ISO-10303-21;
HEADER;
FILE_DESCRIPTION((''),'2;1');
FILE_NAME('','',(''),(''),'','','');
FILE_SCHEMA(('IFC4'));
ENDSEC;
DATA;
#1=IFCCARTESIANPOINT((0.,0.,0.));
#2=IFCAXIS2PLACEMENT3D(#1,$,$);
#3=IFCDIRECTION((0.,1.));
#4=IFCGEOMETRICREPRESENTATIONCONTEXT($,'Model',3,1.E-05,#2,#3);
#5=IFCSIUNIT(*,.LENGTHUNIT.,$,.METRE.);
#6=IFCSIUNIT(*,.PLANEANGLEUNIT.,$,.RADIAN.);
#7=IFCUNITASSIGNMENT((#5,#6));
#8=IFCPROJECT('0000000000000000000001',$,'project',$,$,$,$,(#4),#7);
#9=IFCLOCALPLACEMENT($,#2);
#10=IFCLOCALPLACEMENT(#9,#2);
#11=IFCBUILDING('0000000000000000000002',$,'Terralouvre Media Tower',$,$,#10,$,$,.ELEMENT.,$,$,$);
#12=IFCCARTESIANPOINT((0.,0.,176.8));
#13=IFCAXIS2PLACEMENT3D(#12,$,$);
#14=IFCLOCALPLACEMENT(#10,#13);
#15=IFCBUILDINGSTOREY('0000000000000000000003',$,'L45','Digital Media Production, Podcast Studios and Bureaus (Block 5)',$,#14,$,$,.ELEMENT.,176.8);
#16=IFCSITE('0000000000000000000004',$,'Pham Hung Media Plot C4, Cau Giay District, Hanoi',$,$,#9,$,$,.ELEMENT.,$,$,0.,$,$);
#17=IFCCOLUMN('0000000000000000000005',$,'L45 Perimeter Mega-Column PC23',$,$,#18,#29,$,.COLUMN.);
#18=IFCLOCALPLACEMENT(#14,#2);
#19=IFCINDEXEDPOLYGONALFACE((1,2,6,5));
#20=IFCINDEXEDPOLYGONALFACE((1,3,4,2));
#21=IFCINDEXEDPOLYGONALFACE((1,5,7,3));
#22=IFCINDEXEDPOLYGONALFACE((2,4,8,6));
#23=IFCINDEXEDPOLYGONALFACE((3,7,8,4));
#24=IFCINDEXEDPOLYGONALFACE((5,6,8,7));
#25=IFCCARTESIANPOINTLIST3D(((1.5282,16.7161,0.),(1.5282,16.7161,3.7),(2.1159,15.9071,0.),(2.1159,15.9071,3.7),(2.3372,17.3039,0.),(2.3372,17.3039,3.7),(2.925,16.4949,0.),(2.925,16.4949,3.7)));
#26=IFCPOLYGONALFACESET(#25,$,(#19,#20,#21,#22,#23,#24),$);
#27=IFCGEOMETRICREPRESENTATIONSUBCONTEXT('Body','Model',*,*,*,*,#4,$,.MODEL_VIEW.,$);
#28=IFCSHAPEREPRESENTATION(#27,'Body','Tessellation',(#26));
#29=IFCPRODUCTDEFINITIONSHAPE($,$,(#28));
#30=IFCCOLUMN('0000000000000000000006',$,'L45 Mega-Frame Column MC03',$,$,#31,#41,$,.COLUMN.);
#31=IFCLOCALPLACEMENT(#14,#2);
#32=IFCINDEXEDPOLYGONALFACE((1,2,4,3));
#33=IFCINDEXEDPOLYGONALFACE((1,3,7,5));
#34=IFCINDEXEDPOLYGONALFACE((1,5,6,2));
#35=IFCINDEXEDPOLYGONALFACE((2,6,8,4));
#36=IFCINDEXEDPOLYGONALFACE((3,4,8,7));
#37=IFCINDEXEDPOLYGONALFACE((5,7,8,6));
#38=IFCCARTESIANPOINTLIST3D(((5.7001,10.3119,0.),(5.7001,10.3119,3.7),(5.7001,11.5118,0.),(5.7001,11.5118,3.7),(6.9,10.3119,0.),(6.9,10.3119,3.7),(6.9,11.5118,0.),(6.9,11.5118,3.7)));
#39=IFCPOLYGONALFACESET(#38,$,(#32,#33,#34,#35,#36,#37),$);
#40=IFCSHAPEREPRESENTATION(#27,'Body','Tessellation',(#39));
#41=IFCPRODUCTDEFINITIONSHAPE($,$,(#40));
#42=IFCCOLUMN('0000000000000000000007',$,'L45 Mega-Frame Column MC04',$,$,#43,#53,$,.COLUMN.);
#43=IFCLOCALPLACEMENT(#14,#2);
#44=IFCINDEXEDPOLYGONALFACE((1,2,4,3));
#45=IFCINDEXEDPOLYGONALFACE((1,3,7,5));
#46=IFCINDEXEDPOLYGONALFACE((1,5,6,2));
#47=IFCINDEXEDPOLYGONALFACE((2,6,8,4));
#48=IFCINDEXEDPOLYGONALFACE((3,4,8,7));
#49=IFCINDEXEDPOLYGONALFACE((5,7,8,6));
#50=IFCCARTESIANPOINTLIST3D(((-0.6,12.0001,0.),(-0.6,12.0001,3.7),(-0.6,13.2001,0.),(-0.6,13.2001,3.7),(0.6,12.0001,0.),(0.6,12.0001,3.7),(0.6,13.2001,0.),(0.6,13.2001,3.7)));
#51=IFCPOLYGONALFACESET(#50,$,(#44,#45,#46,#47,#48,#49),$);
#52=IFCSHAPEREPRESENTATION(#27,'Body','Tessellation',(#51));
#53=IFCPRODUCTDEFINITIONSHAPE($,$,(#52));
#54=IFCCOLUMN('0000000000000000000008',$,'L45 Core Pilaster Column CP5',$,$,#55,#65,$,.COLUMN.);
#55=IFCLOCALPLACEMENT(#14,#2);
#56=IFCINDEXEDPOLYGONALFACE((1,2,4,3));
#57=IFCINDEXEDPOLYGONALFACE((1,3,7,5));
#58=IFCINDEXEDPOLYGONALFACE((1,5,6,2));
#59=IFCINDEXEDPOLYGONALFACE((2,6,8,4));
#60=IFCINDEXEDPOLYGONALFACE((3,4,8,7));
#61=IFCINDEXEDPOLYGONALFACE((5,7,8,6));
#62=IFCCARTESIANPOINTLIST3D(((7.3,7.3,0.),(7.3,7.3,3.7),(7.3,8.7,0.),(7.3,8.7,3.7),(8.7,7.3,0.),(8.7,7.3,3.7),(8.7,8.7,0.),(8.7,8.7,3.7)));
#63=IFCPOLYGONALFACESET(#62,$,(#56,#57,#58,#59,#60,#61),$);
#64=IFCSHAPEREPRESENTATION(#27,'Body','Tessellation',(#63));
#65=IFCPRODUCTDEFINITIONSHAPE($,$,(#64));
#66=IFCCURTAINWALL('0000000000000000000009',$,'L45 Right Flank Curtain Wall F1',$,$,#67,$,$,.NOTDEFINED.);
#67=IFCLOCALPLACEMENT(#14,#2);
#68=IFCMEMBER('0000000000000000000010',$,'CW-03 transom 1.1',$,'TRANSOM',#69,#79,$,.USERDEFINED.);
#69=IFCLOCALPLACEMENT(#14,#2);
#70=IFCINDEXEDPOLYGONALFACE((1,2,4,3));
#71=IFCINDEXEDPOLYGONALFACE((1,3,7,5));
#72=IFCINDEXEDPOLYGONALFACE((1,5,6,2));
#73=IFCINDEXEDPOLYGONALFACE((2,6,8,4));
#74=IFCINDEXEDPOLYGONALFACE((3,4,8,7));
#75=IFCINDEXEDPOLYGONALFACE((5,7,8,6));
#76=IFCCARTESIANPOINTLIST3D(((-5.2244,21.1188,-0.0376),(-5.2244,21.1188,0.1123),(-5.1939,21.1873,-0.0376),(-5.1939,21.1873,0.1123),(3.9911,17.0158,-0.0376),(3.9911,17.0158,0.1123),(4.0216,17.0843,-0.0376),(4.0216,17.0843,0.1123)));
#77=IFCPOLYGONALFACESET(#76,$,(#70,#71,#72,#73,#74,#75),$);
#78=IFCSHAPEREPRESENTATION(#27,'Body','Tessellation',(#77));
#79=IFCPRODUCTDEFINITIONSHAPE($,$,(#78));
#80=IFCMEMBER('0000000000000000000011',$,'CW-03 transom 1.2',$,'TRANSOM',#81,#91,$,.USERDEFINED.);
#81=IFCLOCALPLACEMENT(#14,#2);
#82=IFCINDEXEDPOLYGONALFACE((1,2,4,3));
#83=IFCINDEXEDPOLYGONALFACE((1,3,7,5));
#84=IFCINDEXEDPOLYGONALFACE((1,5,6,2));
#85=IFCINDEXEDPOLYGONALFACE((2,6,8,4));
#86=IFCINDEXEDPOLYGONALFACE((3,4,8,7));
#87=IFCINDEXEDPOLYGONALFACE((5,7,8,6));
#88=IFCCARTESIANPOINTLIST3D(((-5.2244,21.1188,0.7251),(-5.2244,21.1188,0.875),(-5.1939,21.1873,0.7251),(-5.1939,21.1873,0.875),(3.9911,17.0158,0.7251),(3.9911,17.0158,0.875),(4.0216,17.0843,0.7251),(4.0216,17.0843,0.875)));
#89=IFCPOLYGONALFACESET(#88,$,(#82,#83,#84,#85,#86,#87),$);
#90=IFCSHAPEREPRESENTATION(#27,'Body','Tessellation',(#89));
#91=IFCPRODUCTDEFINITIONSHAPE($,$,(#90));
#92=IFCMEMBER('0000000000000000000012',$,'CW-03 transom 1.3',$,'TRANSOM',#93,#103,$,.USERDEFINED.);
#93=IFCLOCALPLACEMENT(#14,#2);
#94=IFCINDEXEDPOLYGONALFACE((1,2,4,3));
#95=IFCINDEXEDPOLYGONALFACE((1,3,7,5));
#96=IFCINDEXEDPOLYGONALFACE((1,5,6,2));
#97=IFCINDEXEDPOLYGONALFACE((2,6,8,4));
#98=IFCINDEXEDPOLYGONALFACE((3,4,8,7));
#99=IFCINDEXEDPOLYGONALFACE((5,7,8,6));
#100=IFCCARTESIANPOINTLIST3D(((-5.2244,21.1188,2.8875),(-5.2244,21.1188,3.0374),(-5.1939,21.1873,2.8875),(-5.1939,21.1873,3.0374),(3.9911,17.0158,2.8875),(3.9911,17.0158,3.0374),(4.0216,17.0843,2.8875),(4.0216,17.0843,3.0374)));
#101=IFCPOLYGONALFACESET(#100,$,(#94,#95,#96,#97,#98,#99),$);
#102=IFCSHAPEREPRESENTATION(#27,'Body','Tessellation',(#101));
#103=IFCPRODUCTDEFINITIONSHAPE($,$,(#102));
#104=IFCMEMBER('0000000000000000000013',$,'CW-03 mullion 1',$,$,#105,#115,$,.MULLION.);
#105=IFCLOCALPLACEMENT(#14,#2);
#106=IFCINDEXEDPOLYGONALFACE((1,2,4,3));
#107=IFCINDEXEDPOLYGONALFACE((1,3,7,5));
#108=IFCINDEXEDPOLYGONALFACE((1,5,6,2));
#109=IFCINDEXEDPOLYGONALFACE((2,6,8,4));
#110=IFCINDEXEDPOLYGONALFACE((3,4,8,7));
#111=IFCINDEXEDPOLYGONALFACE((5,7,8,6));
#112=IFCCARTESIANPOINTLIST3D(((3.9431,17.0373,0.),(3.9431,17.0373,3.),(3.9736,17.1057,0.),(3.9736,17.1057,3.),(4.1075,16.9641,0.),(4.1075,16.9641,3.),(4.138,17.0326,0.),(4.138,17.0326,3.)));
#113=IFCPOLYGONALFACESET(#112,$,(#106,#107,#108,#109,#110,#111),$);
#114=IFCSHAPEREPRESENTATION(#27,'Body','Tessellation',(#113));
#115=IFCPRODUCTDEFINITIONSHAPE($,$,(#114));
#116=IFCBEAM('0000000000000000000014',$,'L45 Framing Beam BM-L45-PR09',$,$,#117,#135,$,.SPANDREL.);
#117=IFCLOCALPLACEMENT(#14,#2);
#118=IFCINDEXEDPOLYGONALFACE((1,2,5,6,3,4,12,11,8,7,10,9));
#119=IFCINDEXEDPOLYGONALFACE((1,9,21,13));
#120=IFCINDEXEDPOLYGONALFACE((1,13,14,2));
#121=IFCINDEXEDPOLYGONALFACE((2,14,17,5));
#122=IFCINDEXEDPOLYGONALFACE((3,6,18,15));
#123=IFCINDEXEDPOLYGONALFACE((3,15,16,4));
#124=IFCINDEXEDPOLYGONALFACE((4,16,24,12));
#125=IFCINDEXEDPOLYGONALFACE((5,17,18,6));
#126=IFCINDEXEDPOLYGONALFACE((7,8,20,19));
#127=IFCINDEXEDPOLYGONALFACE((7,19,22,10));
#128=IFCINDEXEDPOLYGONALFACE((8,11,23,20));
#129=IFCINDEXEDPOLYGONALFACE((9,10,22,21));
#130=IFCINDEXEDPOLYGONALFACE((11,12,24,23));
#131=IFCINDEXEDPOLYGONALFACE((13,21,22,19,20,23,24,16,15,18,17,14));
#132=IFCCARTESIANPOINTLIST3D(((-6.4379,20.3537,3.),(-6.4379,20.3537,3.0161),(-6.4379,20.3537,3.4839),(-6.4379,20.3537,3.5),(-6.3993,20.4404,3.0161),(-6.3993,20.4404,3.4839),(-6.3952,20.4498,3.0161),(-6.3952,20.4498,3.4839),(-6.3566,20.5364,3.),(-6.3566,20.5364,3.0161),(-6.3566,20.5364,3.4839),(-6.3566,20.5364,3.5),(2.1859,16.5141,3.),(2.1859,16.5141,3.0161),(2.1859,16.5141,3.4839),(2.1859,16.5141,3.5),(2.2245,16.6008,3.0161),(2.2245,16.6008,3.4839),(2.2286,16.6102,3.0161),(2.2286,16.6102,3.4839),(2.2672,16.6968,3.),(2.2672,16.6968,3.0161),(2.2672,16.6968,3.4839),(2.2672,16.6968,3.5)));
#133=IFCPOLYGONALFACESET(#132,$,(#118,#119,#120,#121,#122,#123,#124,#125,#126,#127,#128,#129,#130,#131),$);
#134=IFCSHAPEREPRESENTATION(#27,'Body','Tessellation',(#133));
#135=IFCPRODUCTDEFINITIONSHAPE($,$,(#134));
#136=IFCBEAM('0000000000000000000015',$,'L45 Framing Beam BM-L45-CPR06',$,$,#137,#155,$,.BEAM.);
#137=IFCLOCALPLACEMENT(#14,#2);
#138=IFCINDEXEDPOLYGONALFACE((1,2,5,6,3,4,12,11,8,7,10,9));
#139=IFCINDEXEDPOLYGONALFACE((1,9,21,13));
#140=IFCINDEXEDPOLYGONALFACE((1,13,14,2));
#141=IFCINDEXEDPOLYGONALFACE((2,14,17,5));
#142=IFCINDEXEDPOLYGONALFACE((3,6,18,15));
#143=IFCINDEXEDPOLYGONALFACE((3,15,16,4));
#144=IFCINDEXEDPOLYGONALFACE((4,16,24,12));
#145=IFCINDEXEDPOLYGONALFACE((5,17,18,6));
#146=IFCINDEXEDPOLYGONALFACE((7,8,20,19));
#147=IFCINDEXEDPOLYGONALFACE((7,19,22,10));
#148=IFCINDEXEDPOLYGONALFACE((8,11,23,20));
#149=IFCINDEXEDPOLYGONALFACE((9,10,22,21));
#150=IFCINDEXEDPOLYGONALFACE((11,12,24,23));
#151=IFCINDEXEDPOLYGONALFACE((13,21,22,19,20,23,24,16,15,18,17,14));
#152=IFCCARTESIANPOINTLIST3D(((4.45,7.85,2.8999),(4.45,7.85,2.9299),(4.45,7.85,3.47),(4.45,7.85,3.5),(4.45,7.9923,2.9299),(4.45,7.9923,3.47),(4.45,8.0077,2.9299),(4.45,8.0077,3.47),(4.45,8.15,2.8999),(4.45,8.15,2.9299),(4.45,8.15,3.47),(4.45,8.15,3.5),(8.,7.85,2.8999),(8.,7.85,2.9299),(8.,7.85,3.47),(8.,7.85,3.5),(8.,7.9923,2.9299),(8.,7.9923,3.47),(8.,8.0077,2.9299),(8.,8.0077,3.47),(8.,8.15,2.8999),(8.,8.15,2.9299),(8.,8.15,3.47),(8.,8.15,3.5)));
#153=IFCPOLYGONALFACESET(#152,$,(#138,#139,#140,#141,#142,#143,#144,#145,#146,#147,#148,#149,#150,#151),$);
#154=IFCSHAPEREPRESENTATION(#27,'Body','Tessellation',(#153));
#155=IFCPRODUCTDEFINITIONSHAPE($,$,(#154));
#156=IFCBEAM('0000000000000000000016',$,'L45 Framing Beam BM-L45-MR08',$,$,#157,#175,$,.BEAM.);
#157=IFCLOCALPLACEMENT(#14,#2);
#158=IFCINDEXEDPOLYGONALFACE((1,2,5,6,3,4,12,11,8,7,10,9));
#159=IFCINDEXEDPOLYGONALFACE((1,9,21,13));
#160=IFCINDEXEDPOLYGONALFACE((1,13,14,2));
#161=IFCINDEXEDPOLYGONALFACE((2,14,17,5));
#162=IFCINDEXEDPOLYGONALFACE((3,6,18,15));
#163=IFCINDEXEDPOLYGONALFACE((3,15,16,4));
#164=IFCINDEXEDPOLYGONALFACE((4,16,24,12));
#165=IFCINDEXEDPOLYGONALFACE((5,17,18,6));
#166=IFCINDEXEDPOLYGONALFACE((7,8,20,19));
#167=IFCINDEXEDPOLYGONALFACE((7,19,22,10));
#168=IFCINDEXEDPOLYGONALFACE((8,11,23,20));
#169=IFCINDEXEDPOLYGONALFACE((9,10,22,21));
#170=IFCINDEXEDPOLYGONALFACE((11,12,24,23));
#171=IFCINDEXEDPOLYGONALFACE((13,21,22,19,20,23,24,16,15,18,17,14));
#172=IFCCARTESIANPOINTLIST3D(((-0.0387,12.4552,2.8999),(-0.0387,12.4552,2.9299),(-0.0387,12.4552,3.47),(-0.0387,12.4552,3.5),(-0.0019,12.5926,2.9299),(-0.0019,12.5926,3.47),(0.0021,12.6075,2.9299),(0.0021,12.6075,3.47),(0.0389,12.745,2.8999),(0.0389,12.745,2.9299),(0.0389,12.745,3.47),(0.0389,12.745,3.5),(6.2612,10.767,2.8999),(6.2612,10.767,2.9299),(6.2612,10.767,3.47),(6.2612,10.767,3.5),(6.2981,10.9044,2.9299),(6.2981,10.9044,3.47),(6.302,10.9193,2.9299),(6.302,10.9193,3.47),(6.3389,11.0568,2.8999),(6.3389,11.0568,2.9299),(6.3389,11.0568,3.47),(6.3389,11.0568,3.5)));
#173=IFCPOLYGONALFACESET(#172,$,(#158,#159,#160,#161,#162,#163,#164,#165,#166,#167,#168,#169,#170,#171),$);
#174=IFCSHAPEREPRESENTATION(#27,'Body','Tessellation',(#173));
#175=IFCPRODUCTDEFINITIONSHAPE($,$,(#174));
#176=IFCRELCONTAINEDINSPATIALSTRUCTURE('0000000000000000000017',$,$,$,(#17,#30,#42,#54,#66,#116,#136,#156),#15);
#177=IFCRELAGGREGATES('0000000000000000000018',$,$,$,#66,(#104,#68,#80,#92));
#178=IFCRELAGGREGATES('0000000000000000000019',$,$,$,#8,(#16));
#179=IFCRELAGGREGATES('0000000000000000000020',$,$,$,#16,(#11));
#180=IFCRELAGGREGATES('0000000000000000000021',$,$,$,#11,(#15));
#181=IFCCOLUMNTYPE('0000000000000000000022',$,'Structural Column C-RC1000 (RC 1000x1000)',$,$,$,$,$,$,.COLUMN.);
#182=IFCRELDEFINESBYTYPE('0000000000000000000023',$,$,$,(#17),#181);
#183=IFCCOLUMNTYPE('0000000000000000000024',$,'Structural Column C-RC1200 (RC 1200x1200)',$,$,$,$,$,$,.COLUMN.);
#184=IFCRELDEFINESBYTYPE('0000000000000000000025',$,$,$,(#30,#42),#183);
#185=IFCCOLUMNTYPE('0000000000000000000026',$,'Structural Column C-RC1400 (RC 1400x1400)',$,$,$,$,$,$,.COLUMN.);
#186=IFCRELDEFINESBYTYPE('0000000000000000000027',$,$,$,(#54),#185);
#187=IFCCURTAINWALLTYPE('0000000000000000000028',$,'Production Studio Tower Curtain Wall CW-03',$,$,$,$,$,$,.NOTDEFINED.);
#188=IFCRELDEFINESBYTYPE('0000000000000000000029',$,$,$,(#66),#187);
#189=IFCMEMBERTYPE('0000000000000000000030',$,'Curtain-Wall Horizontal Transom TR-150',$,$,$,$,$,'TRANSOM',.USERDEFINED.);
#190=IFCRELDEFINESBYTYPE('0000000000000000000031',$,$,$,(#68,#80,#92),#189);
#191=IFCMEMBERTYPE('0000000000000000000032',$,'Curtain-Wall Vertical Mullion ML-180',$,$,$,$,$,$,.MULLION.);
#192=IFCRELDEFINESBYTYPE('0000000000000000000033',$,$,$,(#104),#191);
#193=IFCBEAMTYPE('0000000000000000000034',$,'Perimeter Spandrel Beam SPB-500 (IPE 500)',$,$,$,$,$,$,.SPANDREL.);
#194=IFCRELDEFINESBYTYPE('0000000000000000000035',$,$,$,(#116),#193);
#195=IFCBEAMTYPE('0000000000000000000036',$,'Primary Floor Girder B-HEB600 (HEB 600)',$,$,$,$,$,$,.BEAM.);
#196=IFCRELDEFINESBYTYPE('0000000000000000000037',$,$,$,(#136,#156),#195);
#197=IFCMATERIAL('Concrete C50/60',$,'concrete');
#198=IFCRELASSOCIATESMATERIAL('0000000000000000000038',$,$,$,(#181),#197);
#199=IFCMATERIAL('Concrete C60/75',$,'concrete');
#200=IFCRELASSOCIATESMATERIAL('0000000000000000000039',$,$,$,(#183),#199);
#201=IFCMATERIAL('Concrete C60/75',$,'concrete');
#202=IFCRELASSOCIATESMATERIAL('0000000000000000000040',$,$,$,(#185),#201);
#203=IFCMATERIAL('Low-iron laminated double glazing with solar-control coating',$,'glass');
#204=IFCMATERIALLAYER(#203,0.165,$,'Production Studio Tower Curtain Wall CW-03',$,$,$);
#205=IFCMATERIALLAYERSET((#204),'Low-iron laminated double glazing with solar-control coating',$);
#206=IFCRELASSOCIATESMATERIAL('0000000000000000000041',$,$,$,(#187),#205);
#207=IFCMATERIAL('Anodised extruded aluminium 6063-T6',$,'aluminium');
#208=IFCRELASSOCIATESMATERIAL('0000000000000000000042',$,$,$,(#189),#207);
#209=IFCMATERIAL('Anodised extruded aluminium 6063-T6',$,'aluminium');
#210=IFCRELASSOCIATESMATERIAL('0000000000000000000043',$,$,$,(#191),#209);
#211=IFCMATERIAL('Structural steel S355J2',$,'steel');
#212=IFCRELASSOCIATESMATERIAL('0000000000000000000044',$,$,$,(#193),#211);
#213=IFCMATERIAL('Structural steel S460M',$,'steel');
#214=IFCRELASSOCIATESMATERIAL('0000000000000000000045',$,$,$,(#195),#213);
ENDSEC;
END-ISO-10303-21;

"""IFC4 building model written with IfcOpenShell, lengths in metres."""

from ifc_helpers import new_model, si_unit, direction, frame, origin, origin_2d, place, context, subcontext, project, spatial, rectangle, i_section, extrude, material, layer, layer_set, material_profile, profile_set, type_object, element, aggregate, save


model = new_model("IFC4")

# Units and contexts
model_context = context("Model", 3, precision=1e-05, world=origin(), true_north=direction((0.0, 1.0)))
body_context = subcontext(model_context, "Body", "Model", "MODEL_VIEW")
ifc_project = project(units=[si_unit("LENGTHUNIT", "METRE"), si_unit("PLANEANGLEUNIT", "RADIAN")], contexts=[model_context])

# Site, building, storey
site_placement = place(None, origin())
site = spatial("IfcSite", under=ifc_project, at=site_placement, Name="Pham Hung Media Plot C4, Cau Giay District, Hanoi", CompositionType="ELEMENT", RefElevation=0.0)
building_placement = place(site_placement, origin())
building = spatial("IfcBuilding", under=site, at=building_placement, Name="Terralouvre Media Tower", CompositionType="ELEMENT")
storey_placement = place(building_placement, frame((0.0, 0.0, 176.8)))
storey = spatial("IfcBuildingStorey", under=building, at=storey_placement, Name="L45", Description="Digital Media Production, Podcast Studios and Bureaus (Block 5)", CompositionType="ELEMENT", Elevation=176.8)

# Columns
ifc_material_1 = material(Name="Concrete C50/60", Category="concrete")
ifc_material_profile_1 = material_profile(ifc_material_1, rectangle(XDim=1.0, YDim=1.0, at=origin_2d()), Name="RC 1000x1000")
ifc_profile_set_1 = profile_set([ifc_material_profile_1], Name="Concrete C50/60")
column_type_1 = type_object("IfcColumnType", Name="Structural Column C-RC1000 (RC 1000x1000)", PredefinedType="COLUMN", material=ifc_profile_set_1)
column_1_placement = place(storey_placement, frame((2.2266, 16.6055, 0.0), z_axis=(0.0, 0.0, 1.0), x_axis=(0.809017, 0.587785, 0.0)))
element("IfcColumn", 1, at=column_1_placement, inside=storey, type_object=column_type_1, Name="L45 Perimeter Mega-Column PC23", PredefinedType="COLUMN", context=body_context, shape_type="SweptSolid", body=[
    extrude(rectangle(XDim=1.0, YDim=1.0, at=origin_2d()), origin(), (0.0, 0.0, 1.0), 3.7),
])
ifc_material_2 = material(Name="Concrete C60/75", Category="concrete")
ifc_material_profile_2 = material_profile(ifc_material_2, rectangle(XDim=1.2, YDim=1.2, at=origin_2d()), Name="RC 1200x1200")
ifc_profile_set_2 = profile_set([ifc_material_profile_2], Name="Concrete C60/75")
column_type_2 = type_object("IfcColumnType", Name="Structural Column C-RC1200 (RC 1200x1200)", PredefinedType="COLUMN", material=ifc_profile_set_2)
for number, where, z_axis, x_axis, name in (
    (2, (6.3, 10.9119, 0.0), (0.0, 0.0, 1.0), (1.0, 0.0, 0.0), "L45 Mega-Frame Column MC03"),
    (3, (0.0, 12.6001, 0.0), (0.0, 0.0, 1.0), (1.0, 0.0, 0.0), "L45 Mega-Frame Column MC04"),
):
    element("IfcColumn", number, at=place(storey_placement, frame(where, z_axis=z_axis, x_axis=x_axis)), inside=storey, type_object=column_type_2, Name=name, PredefinedType="COLUMN", context=body_context, shape_type="SweptSolid", body=[
        extrude(rectangle(XDim=1.2, YDim=1.2, at=origin_2d()), origin(), (0.0, 0.0, 1.0), 3.7),
    ])
ifc_material_3 = material(Name="Concrete C60/75", Category="concrete")
ifc_material_profile_3 = material_profile(ifc_material_3, rectangle(XDim=1.3999, YDim=1.3999, at=origin_2d()), Name="RC 1400x1400")
ifc_profile_set_3 = profile_set([ifc_material_profile_3], Name="Concrete C60/75")
column_type_3 = type_object("IfcColumnType", Name="Structural Column C-RC1400 (RC 1400x1400)", PredefinedType="COLUMN", material=ifc_profile_set_3)
column_2_placement = place(storey_placement, frame((8.0, 8.0, 0.0), z_axis=(0.0, 0.0, 1.0), x_axis=(1.0, 0.0, 0.0)))
element("IfcColumn", 4, at=column_2_placement, inside=storey, type_object=column_type_3, Name="L45 Core Pilaster Column CP5", PredefinedType="COLUMN", context=body_context, shape_type="SweptSolid", body=[
    extrude(rectangle(XDim=1.3999, YDim=1.3999, at=origin_2d()), origin(), (0.0, 0.0, 1.0), 3.7),
])

# Curtain wall, members
ifc_material_4 = material(Name="Low-iron laminated double glazing with solar-control coating", Category="glass")
ifc_layer_1 = layer(ifc_material_4, 0.165, Name="Production Studio Tower Curtain Wall CW-03")
ifc_layer_set_1 = layer_set([ifc_layer_1], Name="Low-iron laminated double glazing with solar-control coating")
curtain_wall_type = type_object("IfcCurtainWallType", Name="Production Studio Tower Curtain Wall CW-03", PredefinedType="NOTDEFINED", material=ifc_layer_set_1)
curtain_wall_placement = place(storey_placement, origin())
curtain_wall = element("IfcCurtainWall", 5, at=curtain_wall_placement, inside=storey, type_object=curtain_wall_type, Name="L45 Right Flank Curtain Wall F1", PredefinedType="NOTDEFINED")
ifc_material_5 = material(Name="Anodised extruded aluminium 6063-T6", Category="aluminium")
ifc_material_profile_4 = material_profile(ifc_material_5, rectangle(XDim=0.075, YDim=0.1499, at=origin_2d()), Name="ALU 75x150")
ifc_profile_set_4 = profile_set([ifc_material_profile_4], Name="Anodised extruded aluminium 6063-T6")
member_type_1 = type_object("IfcMemberType", Name="Curtain-Wall Horizontal Transom TR-150", ElementType="TRANSOM", PredefinedType="USERDEFINED", material=ifc_profile_set_4)
member_1_placement = place(storey_placement, frame((4.0063, 17.05, 0.0374), z_axis=(-0.913546, 0.406736, 0.0), x_axis=(-0.406736, -0.913546, 0.0)))
member_1 = element("IfcMember", 6, at=member_1_placement, type_object=member_type_1, Name="CW-03 transom 1.1", ObjectType="TRANSOM", PredefinedType="USERDEFINED", context=body_context, shape_type="SweptSolid", body=[
    extrude(rectangle(XDim=0.075, YDim=0.1499, at=origin_2d()), origin(), (0.0, 0.0, 1.0), 10.0876),
])
member_2_placement = place(storey_placement, frame((4.0063, 17.05, 0.8), z_axis=(-0.913546, 0.406736, 0.0), x_axis=(-0.406736, -0.913546, 0.0)))
member_2 = element("IfcMember", 7, at=member_2_placement, type_object=member_type_1, Name="CW-03 transom 1.2", ObjectType="TRANSOM", PredefinedType="USERDEFINED", context=body_context, shape_type="SweptSolid", body=[
    extrude(rectangle(XDim=0.075, YDim=0.1499, at=origin_2d()), origin(), (0.0, 0.0, 1.0), 10.0876),
])
member_3_placement = place(storey_placement, frame((4.0063, 17.05, 2.9624), z_axis=(-0.913546, 0.406736, 0.0), x_axis=(-0.406736, -0.913546, 0.0)))
member_3 = element("IfcMember", 8, at=member_3_placement, type_object=member_type_1, Name="CW-03 transom 1.3", ObjectType="TRANSOM", PredefinedType="USERDEFINED", context=body_context, shape_type="SweptSolid", body=[
    extrude(rectangle(XDim=0.075, YDim=0.1499, at=origin_2d()), origin(), (0.0, 0.0, 1.0), 10.0876),
])
ifc_material_6 = material(Name="Anodised extruded aluminium 6063-T6", Category="aluminium")
ifc_material_profile_5 = material_profile(ifc_material_6, rectangle(XDim=0.075, YDim=0.1799, at=origin_2d()), Name="ALU 75x180")
ifc_profile_set_5 = profile_set([ifc_material_profile_5], Name="Anodised extruded aluminium 6063-T6")
member_type_2 = type_object("IfcMemberType", Name="Curtain-Wall Vertical Mullion ML-180", PredefinedType="MULLION", material=ifc_profile_set_5)
member_4_placement = place(storey_placement, frame((4.0405, 17.0349, 0.0), z_axis=(0.0, 0.0, 1.0), x_axis=(-0.406736, -0.913546, 0.0)))
member_4 = element("IfcMember", 9, at=member_4_placement, type_object=member_type_2, Name="CW-03 mullion 1", PredefinedType="MULLION", context=body_context, shape_type="SweptSolid", body=[
    extrude(rectangle(XDim=0.075, YDim=0.1799, at=origin_2d()), origin(), (0.0, 0.0, 1.0), 3.0),
])

# Beams
ifc_material_7 = material(Name="Structural steel S355J2", Category="steel")
ifc_material_profile_6 = material_profile(ifc_material_7, i_section(OverallWidth=0.2, OverallDepth=0.5, WebThickness=0.0103, FlangeThickness=0.0161, at=origin_2d()), Name="IPE 500")
ifc_profile_set_6 = profile_set([ifc_material_profile_6], Name="Structural steel S355J2")
beam_type_1 = type_object("IfcBeamType", Name="Perimeter Spandrel Beam SPB-500 (IPE 500)", PredefinedType="SPANDREL", material=ifc_profile_set_6)
beam_1_placement = place(storey_placement, frame((2.2266, 16.6055, 3.25), z_axis=(-0.913544, 0.406741, 0.0), x_axis=(-0.406741, -0.913544, 0.0)))
element("IfcBeam", 10, at=beam_1_placement, inside=storey, type_object=beam_type_1, Name="L45 Framing Beam BM-L45-PR09", PredefinedType="SPANDREL", context=body_context, shape_type="SweptSolid", body=[
    extrude(i_section(OverallWidth=0.2, OverallDepth=0.5, WebThickness=0.0103, FlangeThickness=0.0161, at=origin_2d()), origin(), (0.0, 0.0, 1.0), 9.4399),
])
ifc_material_8 = material(Name="Structural steel S460M", Category="steel")
ifc_material_profile_7 = material_profile(ifc_material_8, i_section(OverallWidth=0.3, OverallDepth=0.6001, WebThickness=0.0154, FlangeThickness=0.03, at=origin_2d()), Name="HEB 600")
ifc_profile_set_7 = profile_set([ifc_material_profile_7], Name="Structural steel S460M")
beam_type_2 = type_object("IfcBeamType", Name="Primary Floor Girder B-HEB600 (HEB 600)", PredefinedType="BEAM", material=ifc_profile_set_7)
beam_2_placement = place(storey_placement, frame((8.0, 8.0, 3.2), z_axis=(-1.0, 0.0, 0.0), x_axis=(0.0, -1.0, 0.0)))
element("IfcBeam", 11, at=beam_2_placement, inside=storey, type_object=beam_type_2, Name="L45 Framing Beam BM-L45-CPR06", PredefinedType="BEAM", context=body_context, shape_type="SweptSolid", body=[
    extrude(i_section(OverallWidth=0.3, OverallDepth=0.6001, WebThickness=0.0154, FlangeThickness=0.03, at=origin_2d()), origin(), (0.0, 0.0, 1.0), 3.55),
])
for number, where, z_axis, x_axis, name in (
    (12, (6.3, 10.9119, 3.2), (-0.96592, 0.258839, 0.0), (-0.258839, -0.96592, 0.0), "L45 Framing Beam BM-L45-MR08"),
):
    element("IfcBeam", number, at=place(storey_placement, frame(where, z_axis=z_axis, x_axis=x_axis)), inside=storey, type_object=beam_type_2, Name=name, PredefinedType="BEAM", context=body_context, shape_type="SweptSolid", body=[
        extrude(i_section(OverallWidth=0.3, OverallDepth=0.6001, WebThickness=0.0154, FlangeThickness=0.03, at=origin_2d()), origin(), (0.0, 0.0, 1.0), 6.5222),
    ])

aggregate(curtain_wall, [member_4, member_1, member_2, member_3])

save(model, "model.ifc")
